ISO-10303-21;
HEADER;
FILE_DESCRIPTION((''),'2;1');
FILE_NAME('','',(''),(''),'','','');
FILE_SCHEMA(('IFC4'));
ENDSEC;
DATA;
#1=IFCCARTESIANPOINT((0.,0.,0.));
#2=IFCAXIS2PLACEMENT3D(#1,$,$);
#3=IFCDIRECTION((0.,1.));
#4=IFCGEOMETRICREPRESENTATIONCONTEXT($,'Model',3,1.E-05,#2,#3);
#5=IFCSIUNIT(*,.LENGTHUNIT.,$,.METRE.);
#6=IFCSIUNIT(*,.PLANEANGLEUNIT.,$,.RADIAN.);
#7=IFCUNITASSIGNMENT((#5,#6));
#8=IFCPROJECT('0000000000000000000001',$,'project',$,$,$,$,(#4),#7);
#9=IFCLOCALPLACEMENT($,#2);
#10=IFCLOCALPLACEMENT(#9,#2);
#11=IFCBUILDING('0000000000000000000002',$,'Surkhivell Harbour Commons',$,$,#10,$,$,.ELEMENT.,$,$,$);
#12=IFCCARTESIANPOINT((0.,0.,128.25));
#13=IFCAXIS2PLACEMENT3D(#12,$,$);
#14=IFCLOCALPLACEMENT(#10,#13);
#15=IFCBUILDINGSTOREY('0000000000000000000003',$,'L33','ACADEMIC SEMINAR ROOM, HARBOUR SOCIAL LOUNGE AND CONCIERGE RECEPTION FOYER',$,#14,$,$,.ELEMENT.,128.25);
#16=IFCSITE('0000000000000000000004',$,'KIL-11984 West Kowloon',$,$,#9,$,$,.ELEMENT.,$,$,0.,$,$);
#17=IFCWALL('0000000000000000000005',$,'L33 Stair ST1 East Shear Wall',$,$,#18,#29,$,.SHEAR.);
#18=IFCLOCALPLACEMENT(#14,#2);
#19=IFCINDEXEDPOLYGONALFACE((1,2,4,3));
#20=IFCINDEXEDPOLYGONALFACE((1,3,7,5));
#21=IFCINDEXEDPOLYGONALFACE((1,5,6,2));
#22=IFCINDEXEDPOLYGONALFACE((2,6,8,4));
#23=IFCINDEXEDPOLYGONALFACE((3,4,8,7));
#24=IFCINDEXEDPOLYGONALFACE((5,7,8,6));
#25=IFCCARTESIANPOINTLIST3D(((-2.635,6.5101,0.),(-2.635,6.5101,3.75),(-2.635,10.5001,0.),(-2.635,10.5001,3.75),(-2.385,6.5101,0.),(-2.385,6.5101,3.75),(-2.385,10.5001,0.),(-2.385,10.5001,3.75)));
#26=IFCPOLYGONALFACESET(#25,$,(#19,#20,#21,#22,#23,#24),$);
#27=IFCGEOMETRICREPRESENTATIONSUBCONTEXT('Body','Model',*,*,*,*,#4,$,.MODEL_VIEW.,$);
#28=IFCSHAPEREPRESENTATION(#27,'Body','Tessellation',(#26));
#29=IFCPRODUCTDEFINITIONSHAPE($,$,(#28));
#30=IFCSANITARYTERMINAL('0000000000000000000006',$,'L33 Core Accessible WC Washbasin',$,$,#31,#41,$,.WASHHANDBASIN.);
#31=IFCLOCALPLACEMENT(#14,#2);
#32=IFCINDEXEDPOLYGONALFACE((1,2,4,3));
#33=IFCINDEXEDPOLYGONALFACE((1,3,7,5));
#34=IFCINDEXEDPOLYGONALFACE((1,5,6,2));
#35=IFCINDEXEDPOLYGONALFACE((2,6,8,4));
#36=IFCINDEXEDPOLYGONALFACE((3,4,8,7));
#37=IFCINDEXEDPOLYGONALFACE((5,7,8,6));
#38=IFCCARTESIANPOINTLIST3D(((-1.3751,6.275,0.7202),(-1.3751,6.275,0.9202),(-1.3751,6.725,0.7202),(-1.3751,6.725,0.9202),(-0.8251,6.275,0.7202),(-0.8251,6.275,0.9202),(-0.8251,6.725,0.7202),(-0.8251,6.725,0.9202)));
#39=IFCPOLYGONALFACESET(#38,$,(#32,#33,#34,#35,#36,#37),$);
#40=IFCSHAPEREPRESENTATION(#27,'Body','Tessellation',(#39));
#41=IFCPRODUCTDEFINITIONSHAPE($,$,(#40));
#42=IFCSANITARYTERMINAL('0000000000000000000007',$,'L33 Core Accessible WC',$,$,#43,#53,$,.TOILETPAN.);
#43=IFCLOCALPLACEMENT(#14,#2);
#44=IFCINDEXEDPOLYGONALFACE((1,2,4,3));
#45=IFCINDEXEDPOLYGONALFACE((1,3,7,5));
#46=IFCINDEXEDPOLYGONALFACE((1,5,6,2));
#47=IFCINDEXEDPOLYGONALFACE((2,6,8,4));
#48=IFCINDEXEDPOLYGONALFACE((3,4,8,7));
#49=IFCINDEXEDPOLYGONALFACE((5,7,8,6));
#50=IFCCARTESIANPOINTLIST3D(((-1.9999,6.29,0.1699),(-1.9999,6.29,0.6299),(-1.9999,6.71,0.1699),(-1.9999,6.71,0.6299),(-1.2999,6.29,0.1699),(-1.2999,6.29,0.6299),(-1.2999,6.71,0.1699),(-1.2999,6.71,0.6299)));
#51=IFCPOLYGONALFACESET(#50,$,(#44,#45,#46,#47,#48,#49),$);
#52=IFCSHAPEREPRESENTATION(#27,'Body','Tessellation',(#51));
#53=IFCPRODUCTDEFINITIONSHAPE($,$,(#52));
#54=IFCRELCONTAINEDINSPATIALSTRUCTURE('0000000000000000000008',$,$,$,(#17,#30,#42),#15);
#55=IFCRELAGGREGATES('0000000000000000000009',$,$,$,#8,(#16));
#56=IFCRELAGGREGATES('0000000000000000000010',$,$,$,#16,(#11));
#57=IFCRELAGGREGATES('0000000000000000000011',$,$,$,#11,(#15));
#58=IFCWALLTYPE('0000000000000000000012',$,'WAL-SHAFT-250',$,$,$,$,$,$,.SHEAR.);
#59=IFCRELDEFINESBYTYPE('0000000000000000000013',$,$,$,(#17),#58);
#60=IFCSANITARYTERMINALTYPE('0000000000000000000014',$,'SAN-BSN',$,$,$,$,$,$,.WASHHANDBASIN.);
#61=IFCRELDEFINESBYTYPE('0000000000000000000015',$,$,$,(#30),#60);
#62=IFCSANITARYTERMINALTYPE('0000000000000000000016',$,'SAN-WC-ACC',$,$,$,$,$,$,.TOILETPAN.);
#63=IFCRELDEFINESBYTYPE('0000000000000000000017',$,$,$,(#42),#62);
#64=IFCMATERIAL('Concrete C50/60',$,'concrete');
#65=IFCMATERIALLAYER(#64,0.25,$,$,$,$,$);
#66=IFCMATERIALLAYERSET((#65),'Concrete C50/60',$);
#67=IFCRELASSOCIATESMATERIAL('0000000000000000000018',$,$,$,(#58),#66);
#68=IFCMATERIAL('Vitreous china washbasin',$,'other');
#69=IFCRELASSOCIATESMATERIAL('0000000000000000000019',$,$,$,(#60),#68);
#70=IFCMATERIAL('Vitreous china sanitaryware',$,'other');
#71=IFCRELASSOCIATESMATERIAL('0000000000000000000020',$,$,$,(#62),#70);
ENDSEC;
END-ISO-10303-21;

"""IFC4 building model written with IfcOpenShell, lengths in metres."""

from ifc_helpers import new_model, si_unit, direction, frame, frame_2d, origin, origin_2d, place, context, subcontext, project, spatial, rectangle, extrude, material, layer, layer_set, type_object, element, save


model = new_model("IFC4")

# Units and contexts
model_context = context("Model", 3, precision=1e-05, world=origin(), true_north=direction((0.0, 1.0)))
body_context = subcontext(model_context, "Body", "Model", "MODEL_VIEW")
ifc_project = project(units=[si_unit("LENGTHUNIT", "METRE"), si_unit("PLANEANGLEUNIT", "RADIAN")], contexts=[model_context])

# Site, building, storey
site_placement = place(None, origin())
site = spatial("IfcSite", under=ifc_project, at=site_placement, Name="KIL-11984 West Kowloon", CompositionType="ELEMENT", RefElevation=0.0)
building_placement = place(site_placement, origin())
building = spatial("IfcBuilding", under=site, at=building_placement, Name="Surkhivell Harbour Commons", CompositionType="ELEMENT")
storey_placement = place(building_placement, frame((0.0, 0.0, 128.25)))
storey = spatial("IfcBuildingStorey", under=building, at=storey_placement, Name="L33", Description="ACADEMIC SEMINAR ROOM, HARBOUR SOCIAL LOUNGE AND CONCIERGE RECEPTION FOYER", CompositionType="ELEMENT", Elevation=128.25)

# Shared definitions
ifc_material_1 = material(Name="Concrete C50/60", Category="concrete")
ifc_layer_1 = layer(ifc_material_1, 0.25)
ifc_layer_set_1 = layer_set([ifc_layer_1], Name="Concrete C50/60")
wall_type_1 = type_object("IfcWallType", Name="WAL-SHAFT-250", PredefinedType="SHEAR", material=ifc_layer_set_1)

# Wall
wall_1_placement = place(storey_placement, frame((-2.51, 6.51, 0.0), z_axis=(0.0, 0.0, 1.0), x_axis=(0.0, 1.0, 0.0)))
element("IfcWall", 1, at=wall_1_placement, inside=storey, type_object=wall_type_1, Name="L33 Stair ST1 East Shear Wall", PredefinedType="SHEAR", context=body_context, shape_type="SweptSolid", body=[
    extrude(rectangle(XDim=3.99, YDim=0.25, at=frame_2d((1.9951, 0.0))), origin(), (0.0, 0.0, 1.0), 3.75),
])

# Sanitary terminals
ifc_material_2 = material(Name="Vitreous china washbasin", Category="other")
sanitary_terminal_type_1 = type_object("IfcSanitaryTerminalType", Name="SAN-BSN", PredefinedType="WASHHANDBASIN", material=ifc_material_2)
sanitary_terminal_1_placement = place(storey_placement, frame((-1.1001, 6.5, 0.7202), z_axis=(0.0, 0.0, 1.0), x_axis=(1.0, 0.0, 0.0)))
element("IfcSanitaryTerminal", 2, at=sanitary_terminal_1_placement, inside=storey, type_object=sanitary_terminal_type_1, Name="L33 Core Accessible WC Washbasin", PredefinedType="WASHHANDBASIN", context=body_context, shape_type="SweptSolid", body=[
    extrude(rectangle(XDim=0.55, YDim=0.45, at=origin_2d()), origin(), (0.0, 0.0, 1.0), 0.2),
])
ifc_material_3 = material(Name="Vitreous china sanitaryware", Category="other")
sanitary_terminal_type_2 = type_object("IfcSanitaryTerminalType", Name="SAN-WC-ACC", PredefinedType="TOILETPAN", material=ifc_material_3)
sanitary_terminal_2_placement = place(storey_placement, frame((-1.6499, 6.5, 0.1699), z_axis=(0.0, 0.0, 1.0), x_axis=(1.0, 0.0, 0.0)))
element("IfcSanitaryTerminal", 3, at=sanitary_terminal_2_placement, inside=storey, type_object=sanitary_terminal_type_2, Name="L33 Core Accessible WC", PredefinedType="TOILETPAN", context=body_context, shape_type="SweptSolid", body=[
    extrude(rectangle(XDim=0.7, YDim=0.4199, at=origin_2d()), origin(), (0.0, 0.0, 1.0), 0.46),
])

save(model, "model.ifc")
